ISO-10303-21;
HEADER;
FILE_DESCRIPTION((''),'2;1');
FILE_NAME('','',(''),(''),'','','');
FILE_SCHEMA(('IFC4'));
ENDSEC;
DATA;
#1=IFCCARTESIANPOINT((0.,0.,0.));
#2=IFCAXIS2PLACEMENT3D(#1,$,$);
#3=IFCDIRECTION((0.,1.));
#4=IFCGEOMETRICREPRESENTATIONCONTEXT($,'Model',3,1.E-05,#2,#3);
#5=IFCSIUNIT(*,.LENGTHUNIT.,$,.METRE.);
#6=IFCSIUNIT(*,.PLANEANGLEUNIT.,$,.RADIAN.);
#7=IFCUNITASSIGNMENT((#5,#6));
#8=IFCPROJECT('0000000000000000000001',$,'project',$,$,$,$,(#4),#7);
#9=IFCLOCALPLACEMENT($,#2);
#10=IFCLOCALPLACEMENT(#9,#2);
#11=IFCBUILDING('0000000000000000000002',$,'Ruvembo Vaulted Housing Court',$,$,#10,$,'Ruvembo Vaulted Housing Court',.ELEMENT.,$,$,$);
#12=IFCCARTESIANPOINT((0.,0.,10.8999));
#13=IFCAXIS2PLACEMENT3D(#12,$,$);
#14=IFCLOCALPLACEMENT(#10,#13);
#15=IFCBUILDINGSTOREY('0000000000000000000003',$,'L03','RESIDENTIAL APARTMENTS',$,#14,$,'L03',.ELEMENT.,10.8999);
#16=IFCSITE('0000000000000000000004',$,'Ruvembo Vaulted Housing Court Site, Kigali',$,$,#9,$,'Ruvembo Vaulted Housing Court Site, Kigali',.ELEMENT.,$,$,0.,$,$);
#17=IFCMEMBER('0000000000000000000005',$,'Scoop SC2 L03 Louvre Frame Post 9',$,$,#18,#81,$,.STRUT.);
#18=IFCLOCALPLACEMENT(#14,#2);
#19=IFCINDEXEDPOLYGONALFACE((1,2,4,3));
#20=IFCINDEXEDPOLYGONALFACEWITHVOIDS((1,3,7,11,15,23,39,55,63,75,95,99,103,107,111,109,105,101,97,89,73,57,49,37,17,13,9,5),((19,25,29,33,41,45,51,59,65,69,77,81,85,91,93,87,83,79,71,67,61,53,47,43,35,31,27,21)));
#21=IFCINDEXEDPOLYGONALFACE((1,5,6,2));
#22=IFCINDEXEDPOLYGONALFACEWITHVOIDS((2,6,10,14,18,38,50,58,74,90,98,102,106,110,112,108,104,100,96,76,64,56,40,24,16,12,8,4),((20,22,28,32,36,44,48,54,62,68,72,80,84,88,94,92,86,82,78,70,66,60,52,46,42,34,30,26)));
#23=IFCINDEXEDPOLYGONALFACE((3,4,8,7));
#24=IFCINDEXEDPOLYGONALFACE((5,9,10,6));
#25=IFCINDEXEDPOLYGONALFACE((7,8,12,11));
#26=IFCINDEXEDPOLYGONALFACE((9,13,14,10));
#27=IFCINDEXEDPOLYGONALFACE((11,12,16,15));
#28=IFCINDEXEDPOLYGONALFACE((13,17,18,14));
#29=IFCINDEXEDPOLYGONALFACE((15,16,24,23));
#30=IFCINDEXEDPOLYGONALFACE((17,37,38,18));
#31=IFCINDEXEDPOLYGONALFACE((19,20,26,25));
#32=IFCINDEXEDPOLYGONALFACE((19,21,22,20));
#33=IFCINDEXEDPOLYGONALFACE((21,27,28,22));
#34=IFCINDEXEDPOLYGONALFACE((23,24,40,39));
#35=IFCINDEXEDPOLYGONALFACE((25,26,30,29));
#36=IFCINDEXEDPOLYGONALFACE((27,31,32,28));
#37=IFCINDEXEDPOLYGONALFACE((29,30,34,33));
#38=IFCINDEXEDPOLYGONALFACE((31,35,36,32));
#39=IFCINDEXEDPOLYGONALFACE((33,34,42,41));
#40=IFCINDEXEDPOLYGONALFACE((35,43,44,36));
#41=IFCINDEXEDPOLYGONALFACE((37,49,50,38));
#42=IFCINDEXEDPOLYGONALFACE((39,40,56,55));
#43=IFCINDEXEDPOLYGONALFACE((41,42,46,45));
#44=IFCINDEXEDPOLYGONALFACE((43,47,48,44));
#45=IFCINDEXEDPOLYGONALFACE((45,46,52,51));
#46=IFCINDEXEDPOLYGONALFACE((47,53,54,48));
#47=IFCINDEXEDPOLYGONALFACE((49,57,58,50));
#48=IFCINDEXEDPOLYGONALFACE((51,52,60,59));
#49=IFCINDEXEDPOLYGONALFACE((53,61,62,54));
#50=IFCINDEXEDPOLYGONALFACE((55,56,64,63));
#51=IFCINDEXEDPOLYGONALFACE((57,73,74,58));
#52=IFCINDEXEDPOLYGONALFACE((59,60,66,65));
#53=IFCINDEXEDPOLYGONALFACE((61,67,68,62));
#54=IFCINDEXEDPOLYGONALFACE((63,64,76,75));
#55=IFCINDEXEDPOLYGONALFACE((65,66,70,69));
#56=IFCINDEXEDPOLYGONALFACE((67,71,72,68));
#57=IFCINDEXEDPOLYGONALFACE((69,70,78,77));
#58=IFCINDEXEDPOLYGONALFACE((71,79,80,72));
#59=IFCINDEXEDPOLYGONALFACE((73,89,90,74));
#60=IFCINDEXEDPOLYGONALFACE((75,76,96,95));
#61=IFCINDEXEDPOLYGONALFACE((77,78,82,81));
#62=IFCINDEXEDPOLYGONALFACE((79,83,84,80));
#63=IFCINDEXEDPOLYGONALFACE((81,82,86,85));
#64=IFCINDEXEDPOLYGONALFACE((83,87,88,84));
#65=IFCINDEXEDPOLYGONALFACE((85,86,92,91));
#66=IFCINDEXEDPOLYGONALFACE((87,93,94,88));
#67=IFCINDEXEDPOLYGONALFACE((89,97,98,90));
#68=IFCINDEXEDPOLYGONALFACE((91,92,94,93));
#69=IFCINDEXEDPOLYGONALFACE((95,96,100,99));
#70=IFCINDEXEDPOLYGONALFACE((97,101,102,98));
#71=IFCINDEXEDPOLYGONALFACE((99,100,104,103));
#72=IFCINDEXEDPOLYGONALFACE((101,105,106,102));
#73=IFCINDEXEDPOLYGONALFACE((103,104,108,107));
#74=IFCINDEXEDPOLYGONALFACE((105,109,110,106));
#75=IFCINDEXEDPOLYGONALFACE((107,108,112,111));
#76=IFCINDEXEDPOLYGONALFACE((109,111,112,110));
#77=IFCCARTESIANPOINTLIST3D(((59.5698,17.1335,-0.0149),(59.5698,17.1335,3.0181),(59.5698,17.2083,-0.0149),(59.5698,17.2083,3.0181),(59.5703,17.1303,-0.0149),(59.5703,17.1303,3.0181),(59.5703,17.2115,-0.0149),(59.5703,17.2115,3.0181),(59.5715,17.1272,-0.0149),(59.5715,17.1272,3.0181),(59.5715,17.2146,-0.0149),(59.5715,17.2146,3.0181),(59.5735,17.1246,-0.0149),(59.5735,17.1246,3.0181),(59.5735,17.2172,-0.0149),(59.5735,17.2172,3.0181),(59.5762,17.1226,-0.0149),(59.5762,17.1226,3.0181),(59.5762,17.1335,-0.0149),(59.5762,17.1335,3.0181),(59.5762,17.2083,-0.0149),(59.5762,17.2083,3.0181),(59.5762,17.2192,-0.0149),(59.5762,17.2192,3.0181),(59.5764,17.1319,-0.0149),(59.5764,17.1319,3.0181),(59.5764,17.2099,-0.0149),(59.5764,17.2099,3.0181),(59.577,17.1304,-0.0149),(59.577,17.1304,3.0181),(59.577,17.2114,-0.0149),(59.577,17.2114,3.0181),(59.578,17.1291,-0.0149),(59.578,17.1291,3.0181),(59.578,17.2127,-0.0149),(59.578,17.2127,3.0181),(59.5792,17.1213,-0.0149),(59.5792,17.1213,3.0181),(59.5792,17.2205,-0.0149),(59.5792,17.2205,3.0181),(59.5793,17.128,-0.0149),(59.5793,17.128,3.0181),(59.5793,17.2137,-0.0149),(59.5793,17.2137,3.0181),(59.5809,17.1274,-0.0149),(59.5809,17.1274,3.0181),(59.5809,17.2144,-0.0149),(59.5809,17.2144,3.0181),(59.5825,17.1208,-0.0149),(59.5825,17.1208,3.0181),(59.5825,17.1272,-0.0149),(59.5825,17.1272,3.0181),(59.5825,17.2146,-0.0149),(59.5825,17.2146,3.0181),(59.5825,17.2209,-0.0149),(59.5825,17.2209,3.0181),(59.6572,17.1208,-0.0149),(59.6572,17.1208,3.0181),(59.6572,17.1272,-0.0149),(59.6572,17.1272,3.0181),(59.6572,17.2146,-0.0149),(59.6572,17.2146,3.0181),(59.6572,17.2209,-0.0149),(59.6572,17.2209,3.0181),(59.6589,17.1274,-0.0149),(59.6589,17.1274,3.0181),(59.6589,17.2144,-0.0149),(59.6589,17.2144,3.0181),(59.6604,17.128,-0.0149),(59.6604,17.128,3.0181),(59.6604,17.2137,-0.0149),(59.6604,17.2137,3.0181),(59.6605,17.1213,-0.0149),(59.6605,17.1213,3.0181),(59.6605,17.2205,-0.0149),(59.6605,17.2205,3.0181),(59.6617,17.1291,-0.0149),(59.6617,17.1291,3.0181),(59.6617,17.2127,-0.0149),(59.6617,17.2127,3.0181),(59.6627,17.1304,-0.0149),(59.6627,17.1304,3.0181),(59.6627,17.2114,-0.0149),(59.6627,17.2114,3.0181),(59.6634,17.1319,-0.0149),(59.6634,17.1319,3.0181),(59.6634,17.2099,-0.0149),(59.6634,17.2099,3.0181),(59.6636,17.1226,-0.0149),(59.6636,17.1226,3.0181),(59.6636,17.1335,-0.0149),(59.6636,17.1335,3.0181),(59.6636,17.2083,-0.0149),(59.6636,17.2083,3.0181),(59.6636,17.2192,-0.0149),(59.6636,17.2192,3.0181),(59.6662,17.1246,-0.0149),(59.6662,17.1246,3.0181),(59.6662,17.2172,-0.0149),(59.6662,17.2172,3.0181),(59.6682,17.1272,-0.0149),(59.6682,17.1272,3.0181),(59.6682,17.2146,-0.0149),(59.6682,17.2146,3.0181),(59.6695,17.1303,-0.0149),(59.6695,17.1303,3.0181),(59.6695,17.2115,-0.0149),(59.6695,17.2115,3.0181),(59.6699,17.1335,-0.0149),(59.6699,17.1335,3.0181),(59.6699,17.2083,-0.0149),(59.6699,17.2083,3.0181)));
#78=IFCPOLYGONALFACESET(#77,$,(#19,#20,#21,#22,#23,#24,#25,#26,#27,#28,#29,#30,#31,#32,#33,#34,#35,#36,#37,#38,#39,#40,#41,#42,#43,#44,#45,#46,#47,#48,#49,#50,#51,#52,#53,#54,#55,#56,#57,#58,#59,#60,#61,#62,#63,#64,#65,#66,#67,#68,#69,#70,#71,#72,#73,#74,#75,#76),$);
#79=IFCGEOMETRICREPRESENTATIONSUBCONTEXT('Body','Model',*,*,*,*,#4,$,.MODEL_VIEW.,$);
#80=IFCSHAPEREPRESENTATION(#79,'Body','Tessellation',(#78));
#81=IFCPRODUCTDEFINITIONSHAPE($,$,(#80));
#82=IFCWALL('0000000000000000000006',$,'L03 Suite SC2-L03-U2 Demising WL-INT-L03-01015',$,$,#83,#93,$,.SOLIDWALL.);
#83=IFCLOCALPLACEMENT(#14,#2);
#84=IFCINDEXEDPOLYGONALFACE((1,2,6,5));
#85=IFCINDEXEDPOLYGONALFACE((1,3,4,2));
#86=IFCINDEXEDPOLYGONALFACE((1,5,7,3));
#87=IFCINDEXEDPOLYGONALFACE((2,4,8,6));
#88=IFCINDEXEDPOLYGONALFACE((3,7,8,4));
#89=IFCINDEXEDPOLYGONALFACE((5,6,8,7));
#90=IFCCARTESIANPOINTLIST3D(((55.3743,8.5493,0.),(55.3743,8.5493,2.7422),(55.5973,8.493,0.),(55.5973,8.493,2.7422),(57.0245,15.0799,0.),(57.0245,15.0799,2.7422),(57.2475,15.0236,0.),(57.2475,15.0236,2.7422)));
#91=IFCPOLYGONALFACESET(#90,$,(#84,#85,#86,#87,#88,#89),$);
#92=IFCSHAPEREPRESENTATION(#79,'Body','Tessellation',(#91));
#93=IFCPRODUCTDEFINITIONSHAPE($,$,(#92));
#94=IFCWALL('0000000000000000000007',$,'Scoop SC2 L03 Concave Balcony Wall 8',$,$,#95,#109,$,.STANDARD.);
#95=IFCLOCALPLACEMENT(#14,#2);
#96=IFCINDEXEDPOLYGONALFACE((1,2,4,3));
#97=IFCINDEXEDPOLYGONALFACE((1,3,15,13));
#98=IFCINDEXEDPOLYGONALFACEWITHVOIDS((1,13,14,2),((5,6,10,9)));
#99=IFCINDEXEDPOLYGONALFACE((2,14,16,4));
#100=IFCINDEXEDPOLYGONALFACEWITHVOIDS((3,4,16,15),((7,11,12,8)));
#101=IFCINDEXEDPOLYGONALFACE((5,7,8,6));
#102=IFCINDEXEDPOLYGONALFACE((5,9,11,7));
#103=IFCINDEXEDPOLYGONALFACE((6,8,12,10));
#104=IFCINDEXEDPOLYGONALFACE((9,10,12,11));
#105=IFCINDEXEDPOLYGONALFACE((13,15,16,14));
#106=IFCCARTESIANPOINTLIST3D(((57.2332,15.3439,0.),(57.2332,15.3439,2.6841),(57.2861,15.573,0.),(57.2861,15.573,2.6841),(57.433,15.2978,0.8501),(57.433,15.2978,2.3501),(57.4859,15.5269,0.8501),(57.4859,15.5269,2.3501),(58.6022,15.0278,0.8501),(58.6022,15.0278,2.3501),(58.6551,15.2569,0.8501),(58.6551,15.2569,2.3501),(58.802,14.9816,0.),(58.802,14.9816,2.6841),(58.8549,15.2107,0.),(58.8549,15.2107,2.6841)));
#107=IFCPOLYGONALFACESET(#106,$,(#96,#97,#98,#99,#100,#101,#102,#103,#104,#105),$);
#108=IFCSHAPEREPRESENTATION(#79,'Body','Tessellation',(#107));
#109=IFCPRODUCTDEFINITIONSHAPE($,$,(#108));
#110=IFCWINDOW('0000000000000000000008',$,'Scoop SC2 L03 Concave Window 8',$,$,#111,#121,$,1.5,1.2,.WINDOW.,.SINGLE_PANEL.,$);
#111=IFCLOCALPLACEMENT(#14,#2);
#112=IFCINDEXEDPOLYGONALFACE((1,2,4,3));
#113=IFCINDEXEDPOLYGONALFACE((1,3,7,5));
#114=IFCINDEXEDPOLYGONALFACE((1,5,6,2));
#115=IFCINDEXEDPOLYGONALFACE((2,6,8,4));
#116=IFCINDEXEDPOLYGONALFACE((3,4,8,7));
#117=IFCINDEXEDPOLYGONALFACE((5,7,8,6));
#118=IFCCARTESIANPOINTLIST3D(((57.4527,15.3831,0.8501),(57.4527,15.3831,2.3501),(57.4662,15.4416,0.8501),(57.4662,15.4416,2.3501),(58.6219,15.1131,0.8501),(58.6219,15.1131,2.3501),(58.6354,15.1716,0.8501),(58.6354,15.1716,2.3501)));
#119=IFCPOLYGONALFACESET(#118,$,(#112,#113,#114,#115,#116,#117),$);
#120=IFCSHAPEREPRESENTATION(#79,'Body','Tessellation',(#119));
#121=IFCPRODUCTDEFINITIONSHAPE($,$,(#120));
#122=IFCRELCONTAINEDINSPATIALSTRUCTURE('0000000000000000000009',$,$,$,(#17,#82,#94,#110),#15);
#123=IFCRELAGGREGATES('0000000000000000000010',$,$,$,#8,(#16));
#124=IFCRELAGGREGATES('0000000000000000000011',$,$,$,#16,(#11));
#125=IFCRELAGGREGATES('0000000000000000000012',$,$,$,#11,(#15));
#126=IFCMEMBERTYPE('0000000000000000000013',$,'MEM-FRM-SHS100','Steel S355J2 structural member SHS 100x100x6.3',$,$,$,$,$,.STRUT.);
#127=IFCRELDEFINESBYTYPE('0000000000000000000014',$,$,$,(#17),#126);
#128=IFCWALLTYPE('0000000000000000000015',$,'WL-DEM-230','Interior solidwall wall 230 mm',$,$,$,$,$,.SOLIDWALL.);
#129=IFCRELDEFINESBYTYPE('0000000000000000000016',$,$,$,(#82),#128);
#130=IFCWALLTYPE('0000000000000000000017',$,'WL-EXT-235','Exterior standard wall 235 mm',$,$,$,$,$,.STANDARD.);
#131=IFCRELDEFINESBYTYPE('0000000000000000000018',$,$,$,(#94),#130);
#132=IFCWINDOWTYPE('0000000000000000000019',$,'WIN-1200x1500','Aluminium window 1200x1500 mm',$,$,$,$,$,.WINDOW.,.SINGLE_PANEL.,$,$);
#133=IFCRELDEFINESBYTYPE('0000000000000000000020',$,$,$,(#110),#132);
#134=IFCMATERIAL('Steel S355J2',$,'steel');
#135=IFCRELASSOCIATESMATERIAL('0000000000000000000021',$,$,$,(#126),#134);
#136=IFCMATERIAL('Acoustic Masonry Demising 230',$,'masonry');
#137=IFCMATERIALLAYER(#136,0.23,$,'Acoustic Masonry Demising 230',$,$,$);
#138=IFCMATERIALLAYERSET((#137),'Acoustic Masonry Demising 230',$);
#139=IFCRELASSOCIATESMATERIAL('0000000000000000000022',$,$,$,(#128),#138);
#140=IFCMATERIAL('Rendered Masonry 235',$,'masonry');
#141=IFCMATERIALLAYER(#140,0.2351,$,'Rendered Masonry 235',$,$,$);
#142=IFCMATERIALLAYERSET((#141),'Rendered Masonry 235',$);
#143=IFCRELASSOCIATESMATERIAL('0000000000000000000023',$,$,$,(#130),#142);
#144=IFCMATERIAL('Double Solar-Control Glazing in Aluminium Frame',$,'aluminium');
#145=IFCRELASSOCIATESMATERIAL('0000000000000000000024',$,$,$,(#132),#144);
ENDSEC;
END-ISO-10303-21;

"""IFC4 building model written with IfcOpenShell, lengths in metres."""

from ifc_helpers import new_model, si_unit, direction, frame, frame_2d, origin, origin_2d, place, context, subcontext, project, spatial, rectangle, hollow_rectangle, extrude, material, layer, layer_set, material_profile, profile_set, type_object, element, fill, save


model = new_model("IFC4")

# Units and contexts
model_context = context("Model", 3, precision=1e-05, world=origin(), true_north=direction((0.0, 1.0)))
body_context = subcontext(model_context, "Body", "Model", "MODEL_VIEW")
ifc_project = project(units=[si_unit("LENGTHUNIT", "METRE"), si_unit("PLANEANGLEUNIT", "RADIAN")], contexts=[model_context])

# Site, building, storey
site_placement = place(None, origin())
site = spatial("IfcSite", under=ifc_project, at=site_placement, Name="Ruvembo Vaulted Housing Court Site, Kigali", LongName="Ruvembo Vaulted Housing Court Site, Kigali", CompositionType="ELEMENT", RefElevation=0.0)
building_placement = place(site_placement, origin())
building = spatial("IfcBuilding", under=site, at=building_placement, Name="Ruvembo Vaulted Housing Court", LongName="Ruvembo Vaulted Housing Court", CompositionType="ELEMENT")
storey_placement = place(building_placement, frame((0.0, 0.0, 10.8999)))
storey = spatial("IfcBuildingStorey", under=building, at=storey_placement, Name="L03", Description="RESIDENTIAL APARTMENTS", LongName="L03", CompositionType="ELEMENT", Elevation=10.8999)

# Shared definitions
ifc_material_1 = material(Name="Steel S355J2", Category="steel")

# Member
ifc_material_profile_1 = material_profile(ifc_material_1, hollow_rectangle(XDim=0.1001, YDim=0.1001, WallThickness=0.0063, InnerFilletRadius=0.0063, OuterFilletRadius=0.0127, at=origin_2d()), Name="SHS 100x100x6.3")
ifc_profile_set_1 = profile_set([ifc_material_profile_1], Name="Steel S355J2")
member_type_1 = type_object("IfcMemberType", Name="MEM-FRM-SHS100", Description="Steel S355J2 structural member SHS 100x100x6.3", PredefinedType="STRUT", material=ifc_profile_set_1)
for number, where, z_axis, x_axis, name in (
    (1, (59.6199, 17.1709, -0.0149), (0.0, 0.0, 1.0), (1.0, 0.0, 0.0), "Scoop SC2 L03 Louvre Frame Post 9"),
):
    element("IfcMember", number, at=place(storey_placement, frame(where, z_axis=z_axis, x_axis=x_axis)), inside=storey, type_object=member_type_1, Name=name, PredefinedType="STRUT", context=body_context, shape_type="SweptSolid", body=[
        extrude(hollow_rectangle(XDim=0.1001, YDim=0.1001, WallThickness=0.0063, InnerFilletRadius=0.0063, OuterFilletRadius=0.0127, at=origin_2d()), origin(), (0.0, 0.0, 1.0), 3.033),
    ])

# Wall
ifc_material_2 = material(Name="Acoustic Masonry Demising 230", Category="masonry")
ifc_layer_1 = layer(ifc_material_2, 0.23, Name="Acoustic Masonry Demising 230")
ifc_layer_set_1 = layer_set([ifc_layer_1], Name="Acoustic Masonry Demising 230")
wall_type_1 = type_object("IfcWallType", Name="WL-DEM-230", Description="Interior solidwall wall 230 mm", PredefinedType="SOLIDWALL", material=ifc_layer_set_1)
wall_1_placement = place(storey_placement, frame((57.136, 15.0518, 0.0), z_axis=(0.0, 0.0, 1.0), x_axis=(-0.244982, -0.969528, 0.0)))
element("IfcWall", 2, at=wall_1_placement, inside=storey, type_object=wall_type_1, Name="L03 Suite SC2-L03-U2 Demising WL-INT-L03-01015", PredefinedType="SOLIDWALL", context=body_context, shape_type="SweptSolid", body=[
    extrude(rectangle(XDim=6.7358, YDim=0.23, at=frame_2d((3.3679, 0.0))), origin(), (0.0, 0.0, 1.0), 2.7422),
])

# Shared definitions
ifc_material_3 = material(Name="Rendered Masonry 235", Category="masonry")
ifc_layer_2 = layer(ifc_material_3, 0.2351, Name="Rendered Masonry 235")
ifc_layer_set_2 = layer_set([ifc_layer_2], Name="Rendered Masonry 235")
wall_type_2 = type_object("IfcWallType", Name="WL-EXT-235", Description="Exterior standard wall 235 mm", PredefinedType="STANDARD", material=ifc_layer_set_2)

# Wall, opening, window
wall_2_placement = place(storey_placement, frame((57.2595, 15.4585, 0.0), z_axis=(0.0, 0.0, 1.0), x_axis=(0.974355, -0.225015, 0.0)))
wall_2 = element("IfcWall", 3, at=wall_2_placement, inside=storey, type_object=wall_type_2, Name="Scoop SC2 L03 Concave Balcony Wall 8", PredefinedType="STANDARD", context=body_context, shape_type="SweptSolid", body=[
    extrude(rectangle(XDim=1.6101, YDim=0.2351, at=frame_2d((0.8052, 0.0))), origin(), (0.0, 0.0, 1.0), 2.6841),
])
opening_1_placement = place(wall_2_placement, frame((0.2051, 0.0, 0.8501)))
opening_1 = element("IfcOpeningElement", 4, at=opening_1_placement, cuts=wall_2, PredefinedType="OPENING", context=body_context, shape_type="SweptSolid", body=[
    extrude(rectangle(XDim=1.2, YDim=1.5, at=frame_2d((0.6001, 0.75))), frame((0.0, 0.1274, 0.0), z_axis=(0.0, -1.0, 0.0), x_axis=(1.0, 0.0, 0.0)), (0.0, 0.0, 1.0), 0.2551),
])
ifc_material_4 = material(Name="Double Solar-Control Glazing in Aluminium Frame", Category="aluminium")
window_type = type_object("IfcWindowType", Name="WIN-1200x1500", Description="Aluminium window 1200x1500 mm", PartitioningType="SINGLE_PANEL", PredefinedType="WINDOW", material=ifc_material_4)
window_placement = place(opening_1_placement, origin())
window = element("IfcWindow", 5, at=window_placement, inside=storey, type_object=window_type, Name="Scoop SC2 L03 Concave Window 8", OverallHeight=1.5, OverallWidth=1.2, PartitioningType="SINGLE_PANEL", PredefinedType="WINDOW", context=body_context, shape_type="SweptSolid", body=[
    extrude(rectangle(XDim=1.2, YDim=1.5, at=frame_2d((0.6001, 0.75))), frame((0.0, 0.03, 0.0), z_axis=(0.0, -1.0, 0.0), x_axis=(1.0, 0.0, 0.0)), (0.0, 0.0, 1.0), 0.0601),
])
fill(opening_1, window)

save(model, "model.ifc")
